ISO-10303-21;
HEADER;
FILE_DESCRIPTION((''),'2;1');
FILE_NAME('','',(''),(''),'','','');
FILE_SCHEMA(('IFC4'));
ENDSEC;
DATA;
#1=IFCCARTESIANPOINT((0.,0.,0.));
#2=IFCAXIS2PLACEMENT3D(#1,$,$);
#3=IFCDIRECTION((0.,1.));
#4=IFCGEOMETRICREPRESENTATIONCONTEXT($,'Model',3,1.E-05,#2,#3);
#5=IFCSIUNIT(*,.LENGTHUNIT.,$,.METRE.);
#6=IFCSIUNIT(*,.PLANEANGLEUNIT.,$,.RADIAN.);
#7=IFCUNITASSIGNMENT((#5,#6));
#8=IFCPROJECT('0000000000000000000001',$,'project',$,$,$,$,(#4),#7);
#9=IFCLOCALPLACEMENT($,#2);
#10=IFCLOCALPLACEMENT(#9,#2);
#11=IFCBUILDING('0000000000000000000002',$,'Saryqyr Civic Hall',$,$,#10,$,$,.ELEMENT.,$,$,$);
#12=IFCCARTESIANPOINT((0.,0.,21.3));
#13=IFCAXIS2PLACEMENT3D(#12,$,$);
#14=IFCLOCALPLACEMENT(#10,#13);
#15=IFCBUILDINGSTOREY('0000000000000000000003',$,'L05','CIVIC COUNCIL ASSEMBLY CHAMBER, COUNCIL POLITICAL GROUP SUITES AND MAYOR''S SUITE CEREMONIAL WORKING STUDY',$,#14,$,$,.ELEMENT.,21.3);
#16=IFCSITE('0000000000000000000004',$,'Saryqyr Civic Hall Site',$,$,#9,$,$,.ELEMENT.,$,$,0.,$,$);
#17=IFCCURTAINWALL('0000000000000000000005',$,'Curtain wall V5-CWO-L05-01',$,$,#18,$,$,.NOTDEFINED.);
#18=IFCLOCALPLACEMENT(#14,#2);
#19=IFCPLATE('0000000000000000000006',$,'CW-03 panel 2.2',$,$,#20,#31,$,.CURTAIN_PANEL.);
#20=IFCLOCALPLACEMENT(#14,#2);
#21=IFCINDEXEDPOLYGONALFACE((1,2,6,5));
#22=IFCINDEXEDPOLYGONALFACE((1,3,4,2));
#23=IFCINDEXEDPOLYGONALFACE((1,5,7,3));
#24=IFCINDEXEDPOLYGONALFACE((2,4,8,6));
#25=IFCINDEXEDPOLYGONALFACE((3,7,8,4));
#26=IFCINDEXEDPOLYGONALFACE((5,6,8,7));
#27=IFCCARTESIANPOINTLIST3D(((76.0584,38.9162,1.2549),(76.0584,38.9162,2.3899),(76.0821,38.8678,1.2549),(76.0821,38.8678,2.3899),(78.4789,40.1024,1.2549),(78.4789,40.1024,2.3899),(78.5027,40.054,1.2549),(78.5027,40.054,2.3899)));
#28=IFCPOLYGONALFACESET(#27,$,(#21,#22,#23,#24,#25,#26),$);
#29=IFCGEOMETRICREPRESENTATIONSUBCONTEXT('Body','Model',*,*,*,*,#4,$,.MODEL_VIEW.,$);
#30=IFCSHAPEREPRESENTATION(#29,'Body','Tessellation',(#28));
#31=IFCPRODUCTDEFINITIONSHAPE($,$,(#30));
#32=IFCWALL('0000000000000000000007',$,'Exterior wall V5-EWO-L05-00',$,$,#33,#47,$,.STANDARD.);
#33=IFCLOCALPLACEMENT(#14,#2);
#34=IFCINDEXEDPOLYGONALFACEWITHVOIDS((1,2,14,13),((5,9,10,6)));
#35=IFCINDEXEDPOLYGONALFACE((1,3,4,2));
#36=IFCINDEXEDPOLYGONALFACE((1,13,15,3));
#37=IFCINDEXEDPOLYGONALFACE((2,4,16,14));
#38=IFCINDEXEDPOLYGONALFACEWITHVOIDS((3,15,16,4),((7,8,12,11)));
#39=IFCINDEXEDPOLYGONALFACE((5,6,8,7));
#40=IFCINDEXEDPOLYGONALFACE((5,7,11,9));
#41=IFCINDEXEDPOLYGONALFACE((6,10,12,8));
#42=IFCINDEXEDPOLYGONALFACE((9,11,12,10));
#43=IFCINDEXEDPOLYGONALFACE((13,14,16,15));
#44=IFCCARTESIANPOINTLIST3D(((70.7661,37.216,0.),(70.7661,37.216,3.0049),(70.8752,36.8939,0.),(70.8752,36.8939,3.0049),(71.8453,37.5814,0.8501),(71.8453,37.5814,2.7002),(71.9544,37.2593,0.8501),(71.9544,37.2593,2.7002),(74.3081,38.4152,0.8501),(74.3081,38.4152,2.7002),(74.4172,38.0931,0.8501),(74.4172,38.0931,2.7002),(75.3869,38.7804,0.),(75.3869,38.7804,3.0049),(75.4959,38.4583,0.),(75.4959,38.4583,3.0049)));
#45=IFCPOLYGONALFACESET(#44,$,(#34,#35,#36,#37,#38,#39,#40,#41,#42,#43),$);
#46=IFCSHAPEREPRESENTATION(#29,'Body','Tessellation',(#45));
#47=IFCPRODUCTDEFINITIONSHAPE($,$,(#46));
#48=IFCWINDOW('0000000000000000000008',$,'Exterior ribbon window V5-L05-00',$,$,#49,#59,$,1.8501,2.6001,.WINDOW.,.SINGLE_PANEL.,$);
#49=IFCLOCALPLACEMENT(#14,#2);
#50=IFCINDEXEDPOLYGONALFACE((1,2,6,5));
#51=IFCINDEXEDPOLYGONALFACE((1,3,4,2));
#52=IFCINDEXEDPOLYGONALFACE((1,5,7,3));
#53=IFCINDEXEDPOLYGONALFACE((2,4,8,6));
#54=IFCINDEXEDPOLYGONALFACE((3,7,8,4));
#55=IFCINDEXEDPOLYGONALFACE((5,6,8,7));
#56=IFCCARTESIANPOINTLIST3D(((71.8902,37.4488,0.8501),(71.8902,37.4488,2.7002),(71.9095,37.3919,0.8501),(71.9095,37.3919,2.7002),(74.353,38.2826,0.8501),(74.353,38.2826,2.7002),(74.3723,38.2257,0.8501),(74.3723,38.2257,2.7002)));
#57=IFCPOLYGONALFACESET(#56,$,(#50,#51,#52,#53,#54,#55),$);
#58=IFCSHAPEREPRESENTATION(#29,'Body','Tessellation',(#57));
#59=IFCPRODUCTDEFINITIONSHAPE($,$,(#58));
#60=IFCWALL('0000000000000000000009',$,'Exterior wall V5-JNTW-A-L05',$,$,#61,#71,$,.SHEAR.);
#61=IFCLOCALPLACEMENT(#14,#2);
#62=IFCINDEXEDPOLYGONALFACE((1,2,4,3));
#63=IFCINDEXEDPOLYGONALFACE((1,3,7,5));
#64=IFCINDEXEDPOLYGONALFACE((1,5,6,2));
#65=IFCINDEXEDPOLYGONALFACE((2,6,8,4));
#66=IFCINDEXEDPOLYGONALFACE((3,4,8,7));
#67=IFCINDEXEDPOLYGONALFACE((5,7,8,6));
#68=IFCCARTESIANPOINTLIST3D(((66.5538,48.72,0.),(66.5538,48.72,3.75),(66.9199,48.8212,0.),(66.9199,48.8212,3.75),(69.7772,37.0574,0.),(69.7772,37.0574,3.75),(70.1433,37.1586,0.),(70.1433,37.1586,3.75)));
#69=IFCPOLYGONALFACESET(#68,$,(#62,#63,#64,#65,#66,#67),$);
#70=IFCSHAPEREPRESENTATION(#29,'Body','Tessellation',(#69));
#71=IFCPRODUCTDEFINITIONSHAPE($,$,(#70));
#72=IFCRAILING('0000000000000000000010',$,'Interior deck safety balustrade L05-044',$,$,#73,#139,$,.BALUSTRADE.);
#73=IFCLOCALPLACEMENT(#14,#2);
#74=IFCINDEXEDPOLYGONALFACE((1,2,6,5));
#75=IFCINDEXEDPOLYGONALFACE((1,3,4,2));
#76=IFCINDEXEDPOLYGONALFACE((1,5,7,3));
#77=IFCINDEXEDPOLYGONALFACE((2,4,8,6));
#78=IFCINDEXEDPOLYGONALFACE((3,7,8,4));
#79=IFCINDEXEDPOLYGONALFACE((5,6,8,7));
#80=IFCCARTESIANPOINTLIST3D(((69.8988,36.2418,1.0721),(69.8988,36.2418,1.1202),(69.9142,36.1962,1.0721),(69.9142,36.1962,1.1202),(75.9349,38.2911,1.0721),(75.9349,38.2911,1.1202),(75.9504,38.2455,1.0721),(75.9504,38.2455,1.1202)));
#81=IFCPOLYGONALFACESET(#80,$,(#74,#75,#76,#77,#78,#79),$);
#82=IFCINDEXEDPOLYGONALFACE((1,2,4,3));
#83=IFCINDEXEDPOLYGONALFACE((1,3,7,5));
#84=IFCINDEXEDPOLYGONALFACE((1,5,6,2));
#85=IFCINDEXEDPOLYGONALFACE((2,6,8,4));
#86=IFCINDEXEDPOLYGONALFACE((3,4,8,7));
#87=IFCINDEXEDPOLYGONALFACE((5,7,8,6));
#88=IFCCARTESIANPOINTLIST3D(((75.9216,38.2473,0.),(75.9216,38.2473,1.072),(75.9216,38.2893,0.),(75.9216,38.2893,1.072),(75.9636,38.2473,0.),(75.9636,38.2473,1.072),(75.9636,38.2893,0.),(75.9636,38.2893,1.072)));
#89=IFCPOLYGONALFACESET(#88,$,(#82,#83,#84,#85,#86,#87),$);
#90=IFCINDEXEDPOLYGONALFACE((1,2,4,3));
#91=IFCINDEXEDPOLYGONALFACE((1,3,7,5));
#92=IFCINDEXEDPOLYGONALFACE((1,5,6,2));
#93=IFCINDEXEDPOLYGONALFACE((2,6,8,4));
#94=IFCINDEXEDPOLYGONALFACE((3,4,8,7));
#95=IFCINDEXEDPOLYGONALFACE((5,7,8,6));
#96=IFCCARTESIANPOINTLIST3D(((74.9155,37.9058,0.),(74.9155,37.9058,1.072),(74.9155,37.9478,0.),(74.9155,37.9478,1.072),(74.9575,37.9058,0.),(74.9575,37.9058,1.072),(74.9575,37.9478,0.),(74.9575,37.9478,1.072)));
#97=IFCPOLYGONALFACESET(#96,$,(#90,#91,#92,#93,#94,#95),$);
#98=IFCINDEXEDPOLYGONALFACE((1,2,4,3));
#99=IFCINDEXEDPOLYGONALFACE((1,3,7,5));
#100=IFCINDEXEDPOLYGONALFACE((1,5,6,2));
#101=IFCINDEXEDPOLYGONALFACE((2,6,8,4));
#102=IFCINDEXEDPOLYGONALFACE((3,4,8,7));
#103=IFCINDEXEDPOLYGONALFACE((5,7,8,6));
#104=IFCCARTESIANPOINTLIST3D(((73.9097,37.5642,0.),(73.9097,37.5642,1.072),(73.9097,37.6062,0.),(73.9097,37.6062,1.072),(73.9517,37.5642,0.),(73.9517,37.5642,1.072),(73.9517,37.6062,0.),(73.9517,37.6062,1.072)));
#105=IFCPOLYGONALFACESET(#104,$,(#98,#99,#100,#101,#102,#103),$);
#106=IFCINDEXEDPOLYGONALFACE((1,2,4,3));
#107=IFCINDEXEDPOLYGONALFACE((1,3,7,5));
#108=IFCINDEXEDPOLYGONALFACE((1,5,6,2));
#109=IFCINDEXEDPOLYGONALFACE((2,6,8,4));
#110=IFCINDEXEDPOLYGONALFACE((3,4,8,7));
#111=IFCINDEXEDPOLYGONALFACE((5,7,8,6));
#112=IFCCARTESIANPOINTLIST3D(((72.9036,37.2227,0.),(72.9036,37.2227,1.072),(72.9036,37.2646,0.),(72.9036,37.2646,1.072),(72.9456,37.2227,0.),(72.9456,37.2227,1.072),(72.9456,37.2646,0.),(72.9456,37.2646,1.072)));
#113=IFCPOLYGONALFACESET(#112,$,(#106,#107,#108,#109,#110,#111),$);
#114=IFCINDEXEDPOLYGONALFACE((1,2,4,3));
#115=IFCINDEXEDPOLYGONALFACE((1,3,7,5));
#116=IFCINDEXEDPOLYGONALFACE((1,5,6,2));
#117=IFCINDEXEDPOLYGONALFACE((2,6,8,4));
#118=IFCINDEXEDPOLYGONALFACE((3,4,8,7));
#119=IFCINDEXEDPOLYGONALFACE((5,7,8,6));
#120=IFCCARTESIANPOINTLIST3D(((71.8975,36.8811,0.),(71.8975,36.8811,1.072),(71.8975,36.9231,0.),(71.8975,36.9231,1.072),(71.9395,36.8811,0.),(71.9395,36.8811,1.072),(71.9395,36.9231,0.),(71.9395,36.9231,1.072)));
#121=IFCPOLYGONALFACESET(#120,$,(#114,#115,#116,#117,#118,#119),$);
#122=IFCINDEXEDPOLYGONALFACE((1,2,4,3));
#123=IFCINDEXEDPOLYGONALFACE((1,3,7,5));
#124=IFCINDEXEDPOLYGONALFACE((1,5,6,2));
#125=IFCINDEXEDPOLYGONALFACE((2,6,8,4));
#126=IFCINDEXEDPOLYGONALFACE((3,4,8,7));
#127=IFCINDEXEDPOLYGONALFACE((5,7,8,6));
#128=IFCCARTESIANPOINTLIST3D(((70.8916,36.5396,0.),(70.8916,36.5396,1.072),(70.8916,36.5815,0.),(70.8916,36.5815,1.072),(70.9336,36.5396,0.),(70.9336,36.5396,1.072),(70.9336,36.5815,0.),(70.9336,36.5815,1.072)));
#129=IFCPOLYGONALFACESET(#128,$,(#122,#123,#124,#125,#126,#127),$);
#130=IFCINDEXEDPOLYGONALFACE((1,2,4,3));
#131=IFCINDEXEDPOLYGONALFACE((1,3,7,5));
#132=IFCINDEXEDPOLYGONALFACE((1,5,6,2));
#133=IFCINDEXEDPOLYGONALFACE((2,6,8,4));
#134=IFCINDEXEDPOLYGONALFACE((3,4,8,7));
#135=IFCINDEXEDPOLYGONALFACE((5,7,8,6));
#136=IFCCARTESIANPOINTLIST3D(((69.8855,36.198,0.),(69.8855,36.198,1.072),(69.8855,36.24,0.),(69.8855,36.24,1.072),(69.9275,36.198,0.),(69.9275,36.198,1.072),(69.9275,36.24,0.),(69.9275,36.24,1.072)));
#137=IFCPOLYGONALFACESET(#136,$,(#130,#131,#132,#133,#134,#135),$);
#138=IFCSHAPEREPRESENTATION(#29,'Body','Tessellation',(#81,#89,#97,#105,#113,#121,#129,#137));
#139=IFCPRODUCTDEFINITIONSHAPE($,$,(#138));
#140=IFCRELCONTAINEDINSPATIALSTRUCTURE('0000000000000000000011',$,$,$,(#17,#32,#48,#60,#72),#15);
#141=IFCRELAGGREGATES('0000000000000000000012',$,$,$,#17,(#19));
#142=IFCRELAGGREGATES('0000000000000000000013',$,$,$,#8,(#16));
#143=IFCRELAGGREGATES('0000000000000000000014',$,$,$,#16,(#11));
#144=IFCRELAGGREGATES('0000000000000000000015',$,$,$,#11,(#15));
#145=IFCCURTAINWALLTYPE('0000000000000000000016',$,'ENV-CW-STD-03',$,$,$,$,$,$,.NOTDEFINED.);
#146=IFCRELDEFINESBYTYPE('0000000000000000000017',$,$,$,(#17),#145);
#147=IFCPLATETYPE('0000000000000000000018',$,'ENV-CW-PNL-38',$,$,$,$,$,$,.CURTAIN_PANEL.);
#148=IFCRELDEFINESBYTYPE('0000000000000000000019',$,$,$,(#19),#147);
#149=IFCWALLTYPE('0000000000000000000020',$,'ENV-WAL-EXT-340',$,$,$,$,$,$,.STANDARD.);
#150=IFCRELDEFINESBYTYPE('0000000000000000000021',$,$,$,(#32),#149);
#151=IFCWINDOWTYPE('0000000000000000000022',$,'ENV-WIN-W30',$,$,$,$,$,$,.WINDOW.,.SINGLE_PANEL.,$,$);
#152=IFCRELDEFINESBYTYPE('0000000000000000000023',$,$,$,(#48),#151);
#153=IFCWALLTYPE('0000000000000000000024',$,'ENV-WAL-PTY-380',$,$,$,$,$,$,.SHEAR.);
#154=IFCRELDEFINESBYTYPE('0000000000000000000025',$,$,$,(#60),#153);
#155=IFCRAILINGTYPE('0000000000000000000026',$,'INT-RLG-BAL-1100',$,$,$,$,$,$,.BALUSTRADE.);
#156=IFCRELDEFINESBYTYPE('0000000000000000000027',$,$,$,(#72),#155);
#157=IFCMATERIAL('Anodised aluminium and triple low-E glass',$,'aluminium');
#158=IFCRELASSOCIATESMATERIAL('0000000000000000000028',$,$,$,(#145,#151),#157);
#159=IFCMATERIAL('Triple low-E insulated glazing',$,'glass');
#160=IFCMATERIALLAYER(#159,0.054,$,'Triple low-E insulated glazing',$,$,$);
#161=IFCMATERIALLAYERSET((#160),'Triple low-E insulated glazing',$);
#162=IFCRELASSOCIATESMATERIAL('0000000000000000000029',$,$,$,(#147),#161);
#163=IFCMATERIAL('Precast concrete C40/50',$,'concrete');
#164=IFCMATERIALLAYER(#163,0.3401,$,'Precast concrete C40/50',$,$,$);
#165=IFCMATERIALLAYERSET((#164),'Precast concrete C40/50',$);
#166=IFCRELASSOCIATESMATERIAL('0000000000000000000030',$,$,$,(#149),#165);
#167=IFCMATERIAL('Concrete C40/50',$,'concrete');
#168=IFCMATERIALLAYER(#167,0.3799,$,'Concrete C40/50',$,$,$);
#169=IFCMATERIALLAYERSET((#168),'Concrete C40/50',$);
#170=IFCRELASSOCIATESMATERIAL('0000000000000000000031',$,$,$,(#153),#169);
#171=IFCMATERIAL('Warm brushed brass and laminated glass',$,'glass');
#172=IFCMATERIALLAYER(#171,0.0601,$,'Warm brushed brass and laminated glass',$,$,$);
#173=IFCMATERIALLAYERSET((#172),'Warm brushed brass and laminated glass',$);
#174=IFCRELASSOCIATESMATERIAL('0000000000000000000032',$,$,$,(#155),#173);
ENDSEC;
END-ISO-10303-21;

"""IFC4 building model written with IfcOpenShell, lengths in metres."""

from ifc_helpers import new_model, si_unit, direction, frame, frame_2d, origin, origin_2d, place, context, subcontext, project, spatial, rectangle, extrude, material, layer, layer_set, type_object, element, fill, aggregate, save


model = new_model("IFC4")

# Units and contexts
model_context = context("Model", 3, precision=1e-05, world=origin(), true_north=direction((0.0, 1.0)))
body_context = subcontext(model_context, "Body", "Model", "MODEL_VIEW")
ifc_project = project(units=[si_unit("LENGTHUNIT", "METRE"), si_unit("PLANEANGLEUNIT", "RADIAN")], contexts=[model_context])

# Site, building, storey
site_placement = place(None, origin())
site = spatial("IfcSite", under=ifc_project, at=site_placement, Name="Saryqyr Civic Hall Site", CompositionType="ELEMENT", RefElevation=0.0)
building_placement = place(site_placement, origin())
building = spatial("IfcBuilding", under=site, at=building_placement, Name="Saryqyr Civic Hall", CompositionType="ELEMENT")
storey_placement = place(building_placement, frame((0.0, 0.0, 21.3)))
storey = spatial("IfcBuildingStorey", under=building, at=storey_placement, Name="L05", Description="CIVIC COUNCIL ASSEMBLY CHAMBER, COUNCIL POLITICAL GROUP SUITES AND MAYOR'S SUITE CEREMONIAL WORKING STUDY", CompositionType="ELEMENT", Elevation=21.3)

# Shared definitions
ifc_material_1 = material(Name="Concrete C40/50", Category="concrete")

# Curtain wall
ifc_material_2 = material(Name="Anodised aluminium and triple low-E glass", Category="aluminium")
curtain_wall_type = type_object("IfcCurtainWallType", Name="ENV-CW-STD-03", PredefinedType="NOTDEFINED", material=ifc_material_2)
curtain_wall_placement = place(storey_placement, origin())
curtain_wall = element("IfcCurtainWall", 1, at=curtain_wall_placement, inside=storey, type_object=curtain_wall_type, Name="Curtain wall V5-CWO-L05-01", PredefinedType="NOTDEFINED")

# Shared definitions
ifc_material_3 = material(Name="Precast concrete C40/50", Category="concrete")

# Plate
ifc_material_4 = material(Name="Triple low-E insulated glazing", Category="glass")
ifc_layer_1 = layer(ifc_material_4, 0.054, Name="Triple low-E insulated glazing")
ifc_layer_set_1 = layer_set([ifc_layer_1], Name="Triple low-E insulated glazing")
plate_type = type_object("IfcPlateType", Name="ENV-CW-PNL-38", PredefinedType="CURTAIN_PANEL", material=ifc_layer_set_1)
plate_1_placement = place(storey_placement, frame((77.2805, 39.4851, 1.2549), z_axis=(0.0, 0.0, 1.0), x_axis=(-0.897971, -0.440055, 0.0)))
plate_1 = element("IfcPlate", 2, at=plate_1_placement, type_object=plate_type, Name="CW-03 panel 2.2", PredefinedType="CURTAIN_PANEL", context=body_context, shape_type="SweptSolid", body=[
    extrude(rectangle(XDim=2.6956, YDim=0.054, at=origin_2d()), origin(), (0.0, 0.0, 1.0), 1.135),
])
aggregate(curtain_wall, [plate_1])

# Wall, opening, window
ifc_layer_2 = layer(ifc_material_3, 0.3401, Name="Precast concrete C40/50")
ifc_layer_set_2 = layer_set([ifc_layer_2], Name="Precast concrete C40/50")
wall_type_1 = type_object("IfcWallType", Name="ENV-WAL-EXT-340", PredefinedType="STANDARD", material=ifc_layer_set_2)
wall_1_placement = place(storey_placement, frame((75.4414, 38.6194, 0.0), z_axis=(0.0, 0.0, 1.0), x_axis=(-0.947187, -0.320683, 0.0)))
wall_1 = element("IfcWall", 3, at=wall_1_placement, inside=storey, type_object=wall_type_1, Name="Exterior wall V5-EWO-L05-00", PredefinedType="STANDARD", context=body_context, shape_type="SweptSolid", body=[
    extrude(rectangle(XDim=4.8784, YDim=0.3401, at=frame_2d((2.4392, 0.0))), origin(), (0.0, 0.0, 1.0), 3.0049),
])
opening_placement = place(wall_1_placement, frame((1.1389, 0.0, 0.8501)))
opening = element("IfcOpeningElement", 4, at=opening_placement, cuts=wall_1, PredefinedType="OPENING", context=body_context, shape_type="SweptSolid", body=[
    extrude(rectangle(XDim=2.6001, YDim=1.8501, at=frame_2d((1.3, 0.925))), frame((0.0, 0.1799, 0.0), z_axis=(0.0, -1.0, 0.0), x_axis=(1.0, 0.0, 0.0)), (0.0, 0.0, 1.0), 0.3601),
])
window_type = type_object("IfcWindowType", Name="ENV-WIN-W30", PartitioningType="SINGLE_PANEL", PredefinedType="WINDOW", material=ifc_material_2)
window_placement = place(opening_placement, origin())
window = element("IfcWindow", 5, at=window_placement, inside=storey, type_object=window_type, Name="Exterior ribbon window V5-L05-00", OverallHeight=1.8501, OverallWidth=2.6001, PartitioningType="SINGLE_PANEL", PredefinedType="WINDOW", context=body_context, shape_type="SweptSolid", body=[
    extrude(rectangle(XDim=2.6001, YDim=1.8501, at=frame_2d((1.3, 0.925))), frame((0.0, 0.03, 0.0), z_axis=(0.0, -1.0, 0.0), x_axis=(1.0, 0.0, 0.0)), (0.0, 0.0, 1.0), 0.0601),
])
fill(opening, window)

# Wall
ifc_layer_3 = layer(ifc_material_1, 0.3799, Name="Concrete C40/50")
ifc_layer_set_3 = layer_set([ifc_layer_3], Name="Concrete C40/50")
wall_type_2 = type_object("IfcWallType", Name="ENV-WAL-PTY-380", PredefinedType="SHEAR", material=ifc_layer_set_3)
wall_2_placement = place(storey_placement, frame((69.9602, 37.1082, 0.0), z_axis=(0.0, 0.0, 1.0), x_axis=(-0.266399, 0.963863, 0.0)))
element("IfcWall", 6, at=wall_2_placement, inside=storey, type_object=wall_type_2, Name="Exterior wall V5-JNTW-A-L05", PredefinedType="SHEAR", context=body_context, shape_type="SweptSolid", body=[
    extrude(rectangle(XDim=12.0999, YDim=0.3799, at=frame_2d((6.0498, 0.0))), origin(), (0.0, 0.0, 1.0), 3.75),
])

# Railing
ifc_material_5 = material(Name="Warm brushed brass and laminated glass", Category="glass")
ifc_layer_4 = layer(ifc_material_5, 0.0601, Name="Warm brushed brass and laminated glass")
ifc_layer_set_4 = layer_set([ifc_layer_4], Name="Warm brushed brass and laminated glass")
railing_type = type_object("IfcRailingType", Name="INT-RLG-BAL-1100", PredefinedType="BALUSTRADE", material=ifc_layer_set_4)
railing_1_placement = place(storey_placement, frame((75.9426, 38.2683, 0.0)))
element("IfcRailing", 7, at=railing_1_placement, inside=storey, type_object=railing_type, Name="Interior deck safety balustrade L05-044", PredefinedType="BALUSTRADE", context=body_context, shape_type="SweptSolid", body=[
    extrude(rectangle(XDim=0.0481, YDim=0.0481, at=origin_2d()), frame((0.0, 0.0, 1.0962), z_axis=(-0.946915, -0.321485, 0.0), x_axis=(0.321485, -0.946915, 0.0)), (0.0, 0.0, 1.0), 6.3745),
    extrude(rectangle(XDim=0.042, YDim=0.042, at=origin_2d()), origin(), (0.0, 0.0, 1.0), 1.072),
    extrude(rectangle(XDim=0.042, YDim=0.042, at=origin_2d()), frame((-1.0061, -0.3416, 0.0)), (0.0, 0.0, 1.0), 1.072),
    extrude(rectangle(XDim=0.042, YDim=0.042, at=origin_2d()), frame((-2.012, -0.6831, 0.0)), (0.0, 0.0, 1.0), 1.072),
    extrude(rectangle(XDim=0.042, YDim=0.042, at=origin_2d()), frame((-3.0181, -1.0247, 0.0)), (0.0, 0.0, 1.0), 1.072),
    extrude(rectangle(XDim=0.042, YDim=0.042, at=origin_2d()), frame((-4.0242, -1.3662, 0.0)), (0.0, 0.0, 1.0), 1.072),
    extrude(rectangle(XDim=0.042, YDim=0.042, at=origin_2d()), frame((-5.03, -1.7078, 0.0)), (0.0, 0.0, 1.0), 1.072),
    extrude(rectangle(XDim=0.042, YDim=0.042, at=origin_2d()), frame((-6.0361, -2.0493, 0.0)), (0.0, 0.0, 1.0), 1.072),
])

save(model, "model.ifc")
